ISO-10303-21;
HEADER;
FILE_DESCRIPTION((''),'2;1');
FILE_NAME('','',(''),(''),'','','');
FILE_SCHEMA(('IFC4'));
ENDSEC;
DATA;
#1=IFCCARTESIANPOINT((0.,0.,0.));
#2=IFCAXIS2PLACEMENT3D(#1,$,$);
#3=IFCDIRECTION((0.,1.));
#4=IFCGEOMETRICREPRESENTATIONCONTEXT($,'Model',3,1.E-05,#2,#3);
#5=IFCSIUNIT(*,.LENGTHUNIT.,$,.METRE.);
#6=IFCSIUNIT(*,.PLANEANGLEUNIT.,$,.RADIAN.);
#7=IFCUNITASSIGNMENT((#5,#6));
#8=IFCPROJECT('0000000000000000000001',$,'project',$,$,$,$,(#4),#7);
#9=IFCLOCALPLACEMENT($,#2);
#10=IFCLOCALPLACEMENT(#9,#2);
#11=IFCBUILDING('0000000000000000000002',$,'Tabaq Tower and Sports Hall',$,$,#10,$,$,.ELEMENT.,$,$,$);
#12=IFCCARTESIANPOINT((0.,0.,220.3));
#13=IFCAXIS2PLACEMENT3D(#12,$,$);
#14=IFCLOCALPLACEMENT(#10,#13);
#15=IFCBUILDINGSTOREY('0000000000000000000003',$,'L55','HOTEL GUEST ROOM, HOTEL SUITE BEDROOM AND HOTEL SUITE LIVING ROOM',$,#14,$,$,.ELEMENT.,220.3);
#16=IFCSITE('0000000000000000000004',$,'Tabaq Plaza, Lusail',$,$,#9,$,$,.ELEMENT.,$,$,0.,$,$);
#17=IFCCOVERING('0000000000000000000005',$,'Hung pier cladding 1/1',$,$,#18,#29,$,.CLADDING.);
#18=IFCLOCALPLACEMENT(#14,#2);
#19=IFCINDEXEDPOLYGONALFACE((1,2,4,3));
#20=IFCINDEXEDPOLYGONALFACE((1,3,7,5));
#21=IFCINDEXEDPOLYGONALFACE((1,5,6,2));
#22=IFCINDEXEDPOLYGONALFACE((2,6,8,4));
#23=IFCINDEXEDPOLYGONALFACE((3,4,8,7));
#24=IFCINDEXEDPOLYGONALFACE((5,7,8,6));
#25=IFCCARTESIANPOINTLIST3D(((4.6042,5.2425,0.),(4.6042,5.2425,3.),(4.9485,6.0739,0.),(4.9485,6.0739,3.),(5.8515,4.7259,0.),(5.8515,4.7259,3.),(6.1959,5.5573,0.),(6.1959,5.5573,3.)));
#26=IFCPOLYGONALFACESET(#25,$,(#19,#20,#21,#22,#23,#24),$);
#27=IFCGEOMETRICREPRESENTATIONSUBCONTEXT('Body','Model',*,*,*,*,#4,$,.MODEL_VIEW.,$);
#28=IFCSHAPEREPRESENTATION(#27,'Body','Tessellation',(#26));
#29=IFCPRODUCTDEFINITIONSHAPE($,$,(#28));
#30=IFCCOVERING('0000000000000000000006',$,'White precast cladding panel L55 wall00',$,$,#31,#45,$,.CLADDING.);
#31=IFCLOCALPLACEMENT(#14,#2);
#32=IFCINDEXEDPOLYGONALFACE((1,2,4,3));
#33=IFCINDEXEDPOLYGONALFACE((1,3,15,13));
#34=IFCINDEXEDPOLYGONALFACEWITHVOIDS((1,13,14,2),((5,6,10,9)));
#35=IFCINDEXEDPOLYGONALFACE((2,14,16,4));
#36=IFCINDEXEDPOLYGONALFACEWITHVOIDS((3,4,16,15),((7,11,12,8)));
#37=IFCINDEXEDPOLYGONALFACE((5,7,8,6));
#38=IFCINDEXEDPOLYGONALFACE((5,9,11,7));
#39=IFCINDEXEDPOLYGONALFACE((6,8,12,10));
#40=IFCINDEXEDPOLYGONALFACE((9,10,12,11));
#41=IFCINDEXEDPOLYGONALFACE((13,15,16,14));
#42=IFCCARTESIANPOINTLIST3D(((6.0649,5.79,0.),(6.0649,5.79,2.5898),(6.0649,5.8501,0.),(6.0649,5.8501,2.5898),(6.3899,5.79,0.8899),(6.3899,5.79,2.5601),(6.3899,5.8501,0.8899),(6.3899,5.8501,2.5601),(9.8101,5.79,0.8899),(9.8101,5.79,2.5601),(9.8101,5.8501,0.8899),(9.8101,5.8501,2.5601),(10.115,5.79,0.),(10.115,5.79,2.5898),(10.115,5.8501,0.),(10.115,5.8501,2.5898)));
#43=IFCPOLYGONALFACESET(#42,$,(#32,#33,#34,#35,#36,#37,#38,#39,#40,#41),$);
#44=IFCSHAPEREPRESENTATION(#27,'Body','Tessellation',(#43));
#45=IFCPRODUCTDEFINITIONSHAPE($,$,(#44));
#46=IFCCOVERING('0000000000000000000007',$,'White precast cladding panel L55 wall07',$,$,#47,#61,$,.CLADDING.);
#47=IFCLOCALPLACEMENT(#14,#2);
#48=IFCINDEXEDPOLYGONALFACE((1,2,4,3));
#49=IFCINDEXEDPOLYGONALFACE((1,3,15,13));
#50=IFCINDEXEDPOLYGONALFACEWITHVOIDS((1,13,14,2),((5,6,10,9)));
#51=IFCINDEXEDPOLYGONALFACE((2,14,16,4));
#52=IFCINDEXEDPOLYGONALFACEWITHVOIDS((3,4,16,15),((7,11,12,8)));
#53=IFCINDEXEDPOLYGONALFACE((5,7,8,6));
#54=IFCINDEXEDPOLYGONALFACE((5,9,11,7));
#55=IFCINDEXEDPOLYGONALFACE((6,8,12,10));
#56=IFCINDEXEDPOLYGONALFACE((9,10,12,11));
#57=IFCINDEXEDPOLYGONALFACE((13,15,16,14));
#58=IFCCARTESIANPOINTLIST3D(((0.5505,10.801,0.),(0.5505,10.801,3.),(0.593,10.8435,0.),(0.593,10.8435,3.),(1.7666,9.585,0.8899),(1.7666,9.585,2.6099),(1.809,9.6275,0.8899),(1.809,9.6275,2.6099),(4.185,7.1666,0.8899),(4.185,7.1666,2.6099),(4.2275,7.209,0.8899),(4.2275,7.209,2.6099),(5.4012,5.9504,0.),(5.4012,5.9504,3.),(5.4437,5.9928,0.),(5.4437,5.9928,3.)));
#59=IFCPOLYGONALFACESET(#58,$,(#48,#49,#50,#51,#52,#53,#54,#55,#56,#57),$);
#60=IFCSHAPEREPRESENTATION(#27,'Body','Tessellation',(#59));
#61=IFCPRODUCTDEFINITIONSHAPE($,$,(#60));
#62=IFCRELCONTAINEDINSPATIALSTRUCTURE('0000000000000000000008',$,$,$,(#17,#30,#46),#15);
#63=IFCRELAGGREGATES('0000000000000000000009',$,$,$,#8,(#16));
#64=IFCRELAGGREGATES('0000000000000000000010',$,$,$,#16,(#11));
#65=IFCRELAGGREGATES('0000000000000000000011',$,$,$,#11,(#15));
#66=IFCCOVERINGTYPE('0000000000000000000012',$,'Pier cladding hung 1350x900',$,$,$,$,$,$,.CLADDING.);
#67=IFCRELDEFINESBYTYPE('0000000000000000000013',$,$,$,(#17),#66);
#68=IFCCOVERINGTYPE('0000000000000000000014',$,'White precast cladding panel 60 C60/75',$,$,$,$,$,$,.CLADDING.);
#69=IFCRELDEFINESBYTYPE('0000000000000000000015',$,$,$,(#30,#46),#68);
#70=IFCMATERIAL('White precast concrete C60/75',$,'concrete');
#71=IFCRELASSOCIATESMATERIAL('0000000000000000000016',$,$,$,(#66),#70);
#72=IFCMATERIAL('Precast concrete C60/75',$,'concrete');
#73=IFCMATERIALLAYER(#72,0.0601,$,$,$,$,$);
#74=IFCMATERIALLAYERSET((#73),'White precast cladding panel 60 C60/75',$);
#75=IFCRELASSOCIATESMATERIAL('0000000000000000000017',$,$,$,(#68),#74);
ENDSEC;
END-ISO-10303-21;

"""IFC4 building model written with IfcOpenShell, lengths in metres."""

from ifc_helpers import new_model, si_unit, direction, frame, frame_2d, origin, place, context, subcontext, project, spatial, polyline, rectangle, outline, extrude, material, layer, layer_set, type_object, element, save


model = new_model("IFC4")

# Units and contexts
model_context = context("Model", 3, precision=1e-05, world=origin(), true_north=direction((0.0, 1.0)))
body_context = subcontext(model_context, "Body", "Model", "MODEL_VIEW")
ifc_project = project(units=[si_unit("LENGTHUNIT", "METRE"), si_unit("PLANEANGLEUNIT", "RADIAN")], contexts=[model_context])

# Site, building, storey
site_placement = place(None, origin())
site = spatial("IfcSite", under=ifc_project, at=site_placement, Name="Tabaq Plaza, Lusail", CompositionType="ELEMENT", RefElevation=0.0)
building_placement = place(site_placement, origin())
building = spatial("IfcBuilding", under=site, at=building_placement, Name="Tabaq Tower and Sports Hall", CompositionType="ELEMENT")
storey_placement = place(building_placement, frame((0.0, 0.0, 220.3)))
storey = spatial("IfcBuildingStorey", under=building, at=storey_placement, Name="L55", Description="HOTEL GUEST ROOM, HOTEL SUITE BEDROOM AND HOTEL SUITE LIVING ROOM", CompositionType="ELEMENT", Elevation=220.3)

# Coverings
ifc_material_1 = material(Name="White precast concrete C60/75", Category="concrete")
covering_type_1 = type_object("IfcCoveringType", Name="Pier cladding hung 1350x900", PredefinedType="CLADDING", material=ifc_material_1)
covering_1_placement = place(storey_placement, frame((4.7764, 5.6582, 0.0), z_axis=(0.0, 0.0, 1.0), x_axis=(0.923893, -0.38265, 0.0)))
element("IfcCovering", 1, at=covering_1_placement, inside=storey, type_object=covering_type_1, Name="Hung pier cladding 1/1", PredefinedType="CLADDING", context=body_context, shape_type="SweptSolid", body=[
    extrude(rectangle(XDim=1.3501, YDim=0.8999, at=frame_2d((0.675, 0.0))), origin(), (0.0, 0.0, 1.0), 3.0),
])
ifc_material_2 = material(Name="Precast concrete C60/75", Category="concrete")
ifc_layer_1 = layer(ifc_material_2, 0.0601)
ifc_layer_set_1 = layer_set([ifc_layer_1], Name="White precast cladding panel 60 C60/75")
covering_type_2 = type_object("IfcCoveringType", Name="White precast cladding panel 60 C60/75", PredefinedType="CLADDING", material=ifc_layer_set_1)
covering_2_placement = place(storey_placement, frame((6.0649, 5.8201, 0.0), z_axis=(0.0, 0.0, 1.0), x_axis=(1.0, 0.0, 0.0)))
element("IfcCovering", 2, at=covering_2_placement, inside=storey, type_object=covering_type_2, Name="White precast cladding panel L55 wall00", PredefinedType="CLADDING", context=body_context, shape_type="SweptSolid", body=[
    extrude(outline(polyline([(0.0, 0.0), (4.05, 0.0), (4.05, 2.5898), (0.0, 2.5898), (0.0, 0.0)]), holes=[polyline([(3.7451, 0.8899), (0.325, 0.8899), (0.325, 2.5601), (3.7451, 2.5601), (3.7451, 0.8899)])]), frame((0.0, 0.03, 0.0), z_axis=(0.0, -1.0, 0.0), x_axis=(1.0, 0.0, 0.0)), (0.0, 0.0, 1.0), 0.0601),
])
covering_3_placement = place(storey_placement, frame((0.5718, 10.8223, 0.0), z_axis=(0.0, 0.0, 1.0), x_axis=(0.707107, -0.707107, 0.0)))
element("IfcCovering", 3, at=covering_3_placement, inside=storey, type_object=covering_type_2, Name="White precast cladding panel L55 wall07", PredefinedType="CLADDING", context=body_context, shape_type="SweptSolid", body=[
    extrude(outline(polyline([(0.0, 0.0), (6.8599, 0.0), (6.8599, 3.0), (0.0, 3.0), (0.0, 0.0)]), holes=[polyline([(1.7197, 0.8899), (1.7197, 2.6099), (5.1399, 2.6099), (5.1399, 0.8899), (1.7197, 0.8899)])]), frame((0.0, 0.03, 0.0), z_axis=(0.0, -1.0, 0.0), x_axis=(1.0, 0.0, 0.0)), (0.0, 0.0, 1.0), 0.0601),
])

save(model, "model.ifc")
